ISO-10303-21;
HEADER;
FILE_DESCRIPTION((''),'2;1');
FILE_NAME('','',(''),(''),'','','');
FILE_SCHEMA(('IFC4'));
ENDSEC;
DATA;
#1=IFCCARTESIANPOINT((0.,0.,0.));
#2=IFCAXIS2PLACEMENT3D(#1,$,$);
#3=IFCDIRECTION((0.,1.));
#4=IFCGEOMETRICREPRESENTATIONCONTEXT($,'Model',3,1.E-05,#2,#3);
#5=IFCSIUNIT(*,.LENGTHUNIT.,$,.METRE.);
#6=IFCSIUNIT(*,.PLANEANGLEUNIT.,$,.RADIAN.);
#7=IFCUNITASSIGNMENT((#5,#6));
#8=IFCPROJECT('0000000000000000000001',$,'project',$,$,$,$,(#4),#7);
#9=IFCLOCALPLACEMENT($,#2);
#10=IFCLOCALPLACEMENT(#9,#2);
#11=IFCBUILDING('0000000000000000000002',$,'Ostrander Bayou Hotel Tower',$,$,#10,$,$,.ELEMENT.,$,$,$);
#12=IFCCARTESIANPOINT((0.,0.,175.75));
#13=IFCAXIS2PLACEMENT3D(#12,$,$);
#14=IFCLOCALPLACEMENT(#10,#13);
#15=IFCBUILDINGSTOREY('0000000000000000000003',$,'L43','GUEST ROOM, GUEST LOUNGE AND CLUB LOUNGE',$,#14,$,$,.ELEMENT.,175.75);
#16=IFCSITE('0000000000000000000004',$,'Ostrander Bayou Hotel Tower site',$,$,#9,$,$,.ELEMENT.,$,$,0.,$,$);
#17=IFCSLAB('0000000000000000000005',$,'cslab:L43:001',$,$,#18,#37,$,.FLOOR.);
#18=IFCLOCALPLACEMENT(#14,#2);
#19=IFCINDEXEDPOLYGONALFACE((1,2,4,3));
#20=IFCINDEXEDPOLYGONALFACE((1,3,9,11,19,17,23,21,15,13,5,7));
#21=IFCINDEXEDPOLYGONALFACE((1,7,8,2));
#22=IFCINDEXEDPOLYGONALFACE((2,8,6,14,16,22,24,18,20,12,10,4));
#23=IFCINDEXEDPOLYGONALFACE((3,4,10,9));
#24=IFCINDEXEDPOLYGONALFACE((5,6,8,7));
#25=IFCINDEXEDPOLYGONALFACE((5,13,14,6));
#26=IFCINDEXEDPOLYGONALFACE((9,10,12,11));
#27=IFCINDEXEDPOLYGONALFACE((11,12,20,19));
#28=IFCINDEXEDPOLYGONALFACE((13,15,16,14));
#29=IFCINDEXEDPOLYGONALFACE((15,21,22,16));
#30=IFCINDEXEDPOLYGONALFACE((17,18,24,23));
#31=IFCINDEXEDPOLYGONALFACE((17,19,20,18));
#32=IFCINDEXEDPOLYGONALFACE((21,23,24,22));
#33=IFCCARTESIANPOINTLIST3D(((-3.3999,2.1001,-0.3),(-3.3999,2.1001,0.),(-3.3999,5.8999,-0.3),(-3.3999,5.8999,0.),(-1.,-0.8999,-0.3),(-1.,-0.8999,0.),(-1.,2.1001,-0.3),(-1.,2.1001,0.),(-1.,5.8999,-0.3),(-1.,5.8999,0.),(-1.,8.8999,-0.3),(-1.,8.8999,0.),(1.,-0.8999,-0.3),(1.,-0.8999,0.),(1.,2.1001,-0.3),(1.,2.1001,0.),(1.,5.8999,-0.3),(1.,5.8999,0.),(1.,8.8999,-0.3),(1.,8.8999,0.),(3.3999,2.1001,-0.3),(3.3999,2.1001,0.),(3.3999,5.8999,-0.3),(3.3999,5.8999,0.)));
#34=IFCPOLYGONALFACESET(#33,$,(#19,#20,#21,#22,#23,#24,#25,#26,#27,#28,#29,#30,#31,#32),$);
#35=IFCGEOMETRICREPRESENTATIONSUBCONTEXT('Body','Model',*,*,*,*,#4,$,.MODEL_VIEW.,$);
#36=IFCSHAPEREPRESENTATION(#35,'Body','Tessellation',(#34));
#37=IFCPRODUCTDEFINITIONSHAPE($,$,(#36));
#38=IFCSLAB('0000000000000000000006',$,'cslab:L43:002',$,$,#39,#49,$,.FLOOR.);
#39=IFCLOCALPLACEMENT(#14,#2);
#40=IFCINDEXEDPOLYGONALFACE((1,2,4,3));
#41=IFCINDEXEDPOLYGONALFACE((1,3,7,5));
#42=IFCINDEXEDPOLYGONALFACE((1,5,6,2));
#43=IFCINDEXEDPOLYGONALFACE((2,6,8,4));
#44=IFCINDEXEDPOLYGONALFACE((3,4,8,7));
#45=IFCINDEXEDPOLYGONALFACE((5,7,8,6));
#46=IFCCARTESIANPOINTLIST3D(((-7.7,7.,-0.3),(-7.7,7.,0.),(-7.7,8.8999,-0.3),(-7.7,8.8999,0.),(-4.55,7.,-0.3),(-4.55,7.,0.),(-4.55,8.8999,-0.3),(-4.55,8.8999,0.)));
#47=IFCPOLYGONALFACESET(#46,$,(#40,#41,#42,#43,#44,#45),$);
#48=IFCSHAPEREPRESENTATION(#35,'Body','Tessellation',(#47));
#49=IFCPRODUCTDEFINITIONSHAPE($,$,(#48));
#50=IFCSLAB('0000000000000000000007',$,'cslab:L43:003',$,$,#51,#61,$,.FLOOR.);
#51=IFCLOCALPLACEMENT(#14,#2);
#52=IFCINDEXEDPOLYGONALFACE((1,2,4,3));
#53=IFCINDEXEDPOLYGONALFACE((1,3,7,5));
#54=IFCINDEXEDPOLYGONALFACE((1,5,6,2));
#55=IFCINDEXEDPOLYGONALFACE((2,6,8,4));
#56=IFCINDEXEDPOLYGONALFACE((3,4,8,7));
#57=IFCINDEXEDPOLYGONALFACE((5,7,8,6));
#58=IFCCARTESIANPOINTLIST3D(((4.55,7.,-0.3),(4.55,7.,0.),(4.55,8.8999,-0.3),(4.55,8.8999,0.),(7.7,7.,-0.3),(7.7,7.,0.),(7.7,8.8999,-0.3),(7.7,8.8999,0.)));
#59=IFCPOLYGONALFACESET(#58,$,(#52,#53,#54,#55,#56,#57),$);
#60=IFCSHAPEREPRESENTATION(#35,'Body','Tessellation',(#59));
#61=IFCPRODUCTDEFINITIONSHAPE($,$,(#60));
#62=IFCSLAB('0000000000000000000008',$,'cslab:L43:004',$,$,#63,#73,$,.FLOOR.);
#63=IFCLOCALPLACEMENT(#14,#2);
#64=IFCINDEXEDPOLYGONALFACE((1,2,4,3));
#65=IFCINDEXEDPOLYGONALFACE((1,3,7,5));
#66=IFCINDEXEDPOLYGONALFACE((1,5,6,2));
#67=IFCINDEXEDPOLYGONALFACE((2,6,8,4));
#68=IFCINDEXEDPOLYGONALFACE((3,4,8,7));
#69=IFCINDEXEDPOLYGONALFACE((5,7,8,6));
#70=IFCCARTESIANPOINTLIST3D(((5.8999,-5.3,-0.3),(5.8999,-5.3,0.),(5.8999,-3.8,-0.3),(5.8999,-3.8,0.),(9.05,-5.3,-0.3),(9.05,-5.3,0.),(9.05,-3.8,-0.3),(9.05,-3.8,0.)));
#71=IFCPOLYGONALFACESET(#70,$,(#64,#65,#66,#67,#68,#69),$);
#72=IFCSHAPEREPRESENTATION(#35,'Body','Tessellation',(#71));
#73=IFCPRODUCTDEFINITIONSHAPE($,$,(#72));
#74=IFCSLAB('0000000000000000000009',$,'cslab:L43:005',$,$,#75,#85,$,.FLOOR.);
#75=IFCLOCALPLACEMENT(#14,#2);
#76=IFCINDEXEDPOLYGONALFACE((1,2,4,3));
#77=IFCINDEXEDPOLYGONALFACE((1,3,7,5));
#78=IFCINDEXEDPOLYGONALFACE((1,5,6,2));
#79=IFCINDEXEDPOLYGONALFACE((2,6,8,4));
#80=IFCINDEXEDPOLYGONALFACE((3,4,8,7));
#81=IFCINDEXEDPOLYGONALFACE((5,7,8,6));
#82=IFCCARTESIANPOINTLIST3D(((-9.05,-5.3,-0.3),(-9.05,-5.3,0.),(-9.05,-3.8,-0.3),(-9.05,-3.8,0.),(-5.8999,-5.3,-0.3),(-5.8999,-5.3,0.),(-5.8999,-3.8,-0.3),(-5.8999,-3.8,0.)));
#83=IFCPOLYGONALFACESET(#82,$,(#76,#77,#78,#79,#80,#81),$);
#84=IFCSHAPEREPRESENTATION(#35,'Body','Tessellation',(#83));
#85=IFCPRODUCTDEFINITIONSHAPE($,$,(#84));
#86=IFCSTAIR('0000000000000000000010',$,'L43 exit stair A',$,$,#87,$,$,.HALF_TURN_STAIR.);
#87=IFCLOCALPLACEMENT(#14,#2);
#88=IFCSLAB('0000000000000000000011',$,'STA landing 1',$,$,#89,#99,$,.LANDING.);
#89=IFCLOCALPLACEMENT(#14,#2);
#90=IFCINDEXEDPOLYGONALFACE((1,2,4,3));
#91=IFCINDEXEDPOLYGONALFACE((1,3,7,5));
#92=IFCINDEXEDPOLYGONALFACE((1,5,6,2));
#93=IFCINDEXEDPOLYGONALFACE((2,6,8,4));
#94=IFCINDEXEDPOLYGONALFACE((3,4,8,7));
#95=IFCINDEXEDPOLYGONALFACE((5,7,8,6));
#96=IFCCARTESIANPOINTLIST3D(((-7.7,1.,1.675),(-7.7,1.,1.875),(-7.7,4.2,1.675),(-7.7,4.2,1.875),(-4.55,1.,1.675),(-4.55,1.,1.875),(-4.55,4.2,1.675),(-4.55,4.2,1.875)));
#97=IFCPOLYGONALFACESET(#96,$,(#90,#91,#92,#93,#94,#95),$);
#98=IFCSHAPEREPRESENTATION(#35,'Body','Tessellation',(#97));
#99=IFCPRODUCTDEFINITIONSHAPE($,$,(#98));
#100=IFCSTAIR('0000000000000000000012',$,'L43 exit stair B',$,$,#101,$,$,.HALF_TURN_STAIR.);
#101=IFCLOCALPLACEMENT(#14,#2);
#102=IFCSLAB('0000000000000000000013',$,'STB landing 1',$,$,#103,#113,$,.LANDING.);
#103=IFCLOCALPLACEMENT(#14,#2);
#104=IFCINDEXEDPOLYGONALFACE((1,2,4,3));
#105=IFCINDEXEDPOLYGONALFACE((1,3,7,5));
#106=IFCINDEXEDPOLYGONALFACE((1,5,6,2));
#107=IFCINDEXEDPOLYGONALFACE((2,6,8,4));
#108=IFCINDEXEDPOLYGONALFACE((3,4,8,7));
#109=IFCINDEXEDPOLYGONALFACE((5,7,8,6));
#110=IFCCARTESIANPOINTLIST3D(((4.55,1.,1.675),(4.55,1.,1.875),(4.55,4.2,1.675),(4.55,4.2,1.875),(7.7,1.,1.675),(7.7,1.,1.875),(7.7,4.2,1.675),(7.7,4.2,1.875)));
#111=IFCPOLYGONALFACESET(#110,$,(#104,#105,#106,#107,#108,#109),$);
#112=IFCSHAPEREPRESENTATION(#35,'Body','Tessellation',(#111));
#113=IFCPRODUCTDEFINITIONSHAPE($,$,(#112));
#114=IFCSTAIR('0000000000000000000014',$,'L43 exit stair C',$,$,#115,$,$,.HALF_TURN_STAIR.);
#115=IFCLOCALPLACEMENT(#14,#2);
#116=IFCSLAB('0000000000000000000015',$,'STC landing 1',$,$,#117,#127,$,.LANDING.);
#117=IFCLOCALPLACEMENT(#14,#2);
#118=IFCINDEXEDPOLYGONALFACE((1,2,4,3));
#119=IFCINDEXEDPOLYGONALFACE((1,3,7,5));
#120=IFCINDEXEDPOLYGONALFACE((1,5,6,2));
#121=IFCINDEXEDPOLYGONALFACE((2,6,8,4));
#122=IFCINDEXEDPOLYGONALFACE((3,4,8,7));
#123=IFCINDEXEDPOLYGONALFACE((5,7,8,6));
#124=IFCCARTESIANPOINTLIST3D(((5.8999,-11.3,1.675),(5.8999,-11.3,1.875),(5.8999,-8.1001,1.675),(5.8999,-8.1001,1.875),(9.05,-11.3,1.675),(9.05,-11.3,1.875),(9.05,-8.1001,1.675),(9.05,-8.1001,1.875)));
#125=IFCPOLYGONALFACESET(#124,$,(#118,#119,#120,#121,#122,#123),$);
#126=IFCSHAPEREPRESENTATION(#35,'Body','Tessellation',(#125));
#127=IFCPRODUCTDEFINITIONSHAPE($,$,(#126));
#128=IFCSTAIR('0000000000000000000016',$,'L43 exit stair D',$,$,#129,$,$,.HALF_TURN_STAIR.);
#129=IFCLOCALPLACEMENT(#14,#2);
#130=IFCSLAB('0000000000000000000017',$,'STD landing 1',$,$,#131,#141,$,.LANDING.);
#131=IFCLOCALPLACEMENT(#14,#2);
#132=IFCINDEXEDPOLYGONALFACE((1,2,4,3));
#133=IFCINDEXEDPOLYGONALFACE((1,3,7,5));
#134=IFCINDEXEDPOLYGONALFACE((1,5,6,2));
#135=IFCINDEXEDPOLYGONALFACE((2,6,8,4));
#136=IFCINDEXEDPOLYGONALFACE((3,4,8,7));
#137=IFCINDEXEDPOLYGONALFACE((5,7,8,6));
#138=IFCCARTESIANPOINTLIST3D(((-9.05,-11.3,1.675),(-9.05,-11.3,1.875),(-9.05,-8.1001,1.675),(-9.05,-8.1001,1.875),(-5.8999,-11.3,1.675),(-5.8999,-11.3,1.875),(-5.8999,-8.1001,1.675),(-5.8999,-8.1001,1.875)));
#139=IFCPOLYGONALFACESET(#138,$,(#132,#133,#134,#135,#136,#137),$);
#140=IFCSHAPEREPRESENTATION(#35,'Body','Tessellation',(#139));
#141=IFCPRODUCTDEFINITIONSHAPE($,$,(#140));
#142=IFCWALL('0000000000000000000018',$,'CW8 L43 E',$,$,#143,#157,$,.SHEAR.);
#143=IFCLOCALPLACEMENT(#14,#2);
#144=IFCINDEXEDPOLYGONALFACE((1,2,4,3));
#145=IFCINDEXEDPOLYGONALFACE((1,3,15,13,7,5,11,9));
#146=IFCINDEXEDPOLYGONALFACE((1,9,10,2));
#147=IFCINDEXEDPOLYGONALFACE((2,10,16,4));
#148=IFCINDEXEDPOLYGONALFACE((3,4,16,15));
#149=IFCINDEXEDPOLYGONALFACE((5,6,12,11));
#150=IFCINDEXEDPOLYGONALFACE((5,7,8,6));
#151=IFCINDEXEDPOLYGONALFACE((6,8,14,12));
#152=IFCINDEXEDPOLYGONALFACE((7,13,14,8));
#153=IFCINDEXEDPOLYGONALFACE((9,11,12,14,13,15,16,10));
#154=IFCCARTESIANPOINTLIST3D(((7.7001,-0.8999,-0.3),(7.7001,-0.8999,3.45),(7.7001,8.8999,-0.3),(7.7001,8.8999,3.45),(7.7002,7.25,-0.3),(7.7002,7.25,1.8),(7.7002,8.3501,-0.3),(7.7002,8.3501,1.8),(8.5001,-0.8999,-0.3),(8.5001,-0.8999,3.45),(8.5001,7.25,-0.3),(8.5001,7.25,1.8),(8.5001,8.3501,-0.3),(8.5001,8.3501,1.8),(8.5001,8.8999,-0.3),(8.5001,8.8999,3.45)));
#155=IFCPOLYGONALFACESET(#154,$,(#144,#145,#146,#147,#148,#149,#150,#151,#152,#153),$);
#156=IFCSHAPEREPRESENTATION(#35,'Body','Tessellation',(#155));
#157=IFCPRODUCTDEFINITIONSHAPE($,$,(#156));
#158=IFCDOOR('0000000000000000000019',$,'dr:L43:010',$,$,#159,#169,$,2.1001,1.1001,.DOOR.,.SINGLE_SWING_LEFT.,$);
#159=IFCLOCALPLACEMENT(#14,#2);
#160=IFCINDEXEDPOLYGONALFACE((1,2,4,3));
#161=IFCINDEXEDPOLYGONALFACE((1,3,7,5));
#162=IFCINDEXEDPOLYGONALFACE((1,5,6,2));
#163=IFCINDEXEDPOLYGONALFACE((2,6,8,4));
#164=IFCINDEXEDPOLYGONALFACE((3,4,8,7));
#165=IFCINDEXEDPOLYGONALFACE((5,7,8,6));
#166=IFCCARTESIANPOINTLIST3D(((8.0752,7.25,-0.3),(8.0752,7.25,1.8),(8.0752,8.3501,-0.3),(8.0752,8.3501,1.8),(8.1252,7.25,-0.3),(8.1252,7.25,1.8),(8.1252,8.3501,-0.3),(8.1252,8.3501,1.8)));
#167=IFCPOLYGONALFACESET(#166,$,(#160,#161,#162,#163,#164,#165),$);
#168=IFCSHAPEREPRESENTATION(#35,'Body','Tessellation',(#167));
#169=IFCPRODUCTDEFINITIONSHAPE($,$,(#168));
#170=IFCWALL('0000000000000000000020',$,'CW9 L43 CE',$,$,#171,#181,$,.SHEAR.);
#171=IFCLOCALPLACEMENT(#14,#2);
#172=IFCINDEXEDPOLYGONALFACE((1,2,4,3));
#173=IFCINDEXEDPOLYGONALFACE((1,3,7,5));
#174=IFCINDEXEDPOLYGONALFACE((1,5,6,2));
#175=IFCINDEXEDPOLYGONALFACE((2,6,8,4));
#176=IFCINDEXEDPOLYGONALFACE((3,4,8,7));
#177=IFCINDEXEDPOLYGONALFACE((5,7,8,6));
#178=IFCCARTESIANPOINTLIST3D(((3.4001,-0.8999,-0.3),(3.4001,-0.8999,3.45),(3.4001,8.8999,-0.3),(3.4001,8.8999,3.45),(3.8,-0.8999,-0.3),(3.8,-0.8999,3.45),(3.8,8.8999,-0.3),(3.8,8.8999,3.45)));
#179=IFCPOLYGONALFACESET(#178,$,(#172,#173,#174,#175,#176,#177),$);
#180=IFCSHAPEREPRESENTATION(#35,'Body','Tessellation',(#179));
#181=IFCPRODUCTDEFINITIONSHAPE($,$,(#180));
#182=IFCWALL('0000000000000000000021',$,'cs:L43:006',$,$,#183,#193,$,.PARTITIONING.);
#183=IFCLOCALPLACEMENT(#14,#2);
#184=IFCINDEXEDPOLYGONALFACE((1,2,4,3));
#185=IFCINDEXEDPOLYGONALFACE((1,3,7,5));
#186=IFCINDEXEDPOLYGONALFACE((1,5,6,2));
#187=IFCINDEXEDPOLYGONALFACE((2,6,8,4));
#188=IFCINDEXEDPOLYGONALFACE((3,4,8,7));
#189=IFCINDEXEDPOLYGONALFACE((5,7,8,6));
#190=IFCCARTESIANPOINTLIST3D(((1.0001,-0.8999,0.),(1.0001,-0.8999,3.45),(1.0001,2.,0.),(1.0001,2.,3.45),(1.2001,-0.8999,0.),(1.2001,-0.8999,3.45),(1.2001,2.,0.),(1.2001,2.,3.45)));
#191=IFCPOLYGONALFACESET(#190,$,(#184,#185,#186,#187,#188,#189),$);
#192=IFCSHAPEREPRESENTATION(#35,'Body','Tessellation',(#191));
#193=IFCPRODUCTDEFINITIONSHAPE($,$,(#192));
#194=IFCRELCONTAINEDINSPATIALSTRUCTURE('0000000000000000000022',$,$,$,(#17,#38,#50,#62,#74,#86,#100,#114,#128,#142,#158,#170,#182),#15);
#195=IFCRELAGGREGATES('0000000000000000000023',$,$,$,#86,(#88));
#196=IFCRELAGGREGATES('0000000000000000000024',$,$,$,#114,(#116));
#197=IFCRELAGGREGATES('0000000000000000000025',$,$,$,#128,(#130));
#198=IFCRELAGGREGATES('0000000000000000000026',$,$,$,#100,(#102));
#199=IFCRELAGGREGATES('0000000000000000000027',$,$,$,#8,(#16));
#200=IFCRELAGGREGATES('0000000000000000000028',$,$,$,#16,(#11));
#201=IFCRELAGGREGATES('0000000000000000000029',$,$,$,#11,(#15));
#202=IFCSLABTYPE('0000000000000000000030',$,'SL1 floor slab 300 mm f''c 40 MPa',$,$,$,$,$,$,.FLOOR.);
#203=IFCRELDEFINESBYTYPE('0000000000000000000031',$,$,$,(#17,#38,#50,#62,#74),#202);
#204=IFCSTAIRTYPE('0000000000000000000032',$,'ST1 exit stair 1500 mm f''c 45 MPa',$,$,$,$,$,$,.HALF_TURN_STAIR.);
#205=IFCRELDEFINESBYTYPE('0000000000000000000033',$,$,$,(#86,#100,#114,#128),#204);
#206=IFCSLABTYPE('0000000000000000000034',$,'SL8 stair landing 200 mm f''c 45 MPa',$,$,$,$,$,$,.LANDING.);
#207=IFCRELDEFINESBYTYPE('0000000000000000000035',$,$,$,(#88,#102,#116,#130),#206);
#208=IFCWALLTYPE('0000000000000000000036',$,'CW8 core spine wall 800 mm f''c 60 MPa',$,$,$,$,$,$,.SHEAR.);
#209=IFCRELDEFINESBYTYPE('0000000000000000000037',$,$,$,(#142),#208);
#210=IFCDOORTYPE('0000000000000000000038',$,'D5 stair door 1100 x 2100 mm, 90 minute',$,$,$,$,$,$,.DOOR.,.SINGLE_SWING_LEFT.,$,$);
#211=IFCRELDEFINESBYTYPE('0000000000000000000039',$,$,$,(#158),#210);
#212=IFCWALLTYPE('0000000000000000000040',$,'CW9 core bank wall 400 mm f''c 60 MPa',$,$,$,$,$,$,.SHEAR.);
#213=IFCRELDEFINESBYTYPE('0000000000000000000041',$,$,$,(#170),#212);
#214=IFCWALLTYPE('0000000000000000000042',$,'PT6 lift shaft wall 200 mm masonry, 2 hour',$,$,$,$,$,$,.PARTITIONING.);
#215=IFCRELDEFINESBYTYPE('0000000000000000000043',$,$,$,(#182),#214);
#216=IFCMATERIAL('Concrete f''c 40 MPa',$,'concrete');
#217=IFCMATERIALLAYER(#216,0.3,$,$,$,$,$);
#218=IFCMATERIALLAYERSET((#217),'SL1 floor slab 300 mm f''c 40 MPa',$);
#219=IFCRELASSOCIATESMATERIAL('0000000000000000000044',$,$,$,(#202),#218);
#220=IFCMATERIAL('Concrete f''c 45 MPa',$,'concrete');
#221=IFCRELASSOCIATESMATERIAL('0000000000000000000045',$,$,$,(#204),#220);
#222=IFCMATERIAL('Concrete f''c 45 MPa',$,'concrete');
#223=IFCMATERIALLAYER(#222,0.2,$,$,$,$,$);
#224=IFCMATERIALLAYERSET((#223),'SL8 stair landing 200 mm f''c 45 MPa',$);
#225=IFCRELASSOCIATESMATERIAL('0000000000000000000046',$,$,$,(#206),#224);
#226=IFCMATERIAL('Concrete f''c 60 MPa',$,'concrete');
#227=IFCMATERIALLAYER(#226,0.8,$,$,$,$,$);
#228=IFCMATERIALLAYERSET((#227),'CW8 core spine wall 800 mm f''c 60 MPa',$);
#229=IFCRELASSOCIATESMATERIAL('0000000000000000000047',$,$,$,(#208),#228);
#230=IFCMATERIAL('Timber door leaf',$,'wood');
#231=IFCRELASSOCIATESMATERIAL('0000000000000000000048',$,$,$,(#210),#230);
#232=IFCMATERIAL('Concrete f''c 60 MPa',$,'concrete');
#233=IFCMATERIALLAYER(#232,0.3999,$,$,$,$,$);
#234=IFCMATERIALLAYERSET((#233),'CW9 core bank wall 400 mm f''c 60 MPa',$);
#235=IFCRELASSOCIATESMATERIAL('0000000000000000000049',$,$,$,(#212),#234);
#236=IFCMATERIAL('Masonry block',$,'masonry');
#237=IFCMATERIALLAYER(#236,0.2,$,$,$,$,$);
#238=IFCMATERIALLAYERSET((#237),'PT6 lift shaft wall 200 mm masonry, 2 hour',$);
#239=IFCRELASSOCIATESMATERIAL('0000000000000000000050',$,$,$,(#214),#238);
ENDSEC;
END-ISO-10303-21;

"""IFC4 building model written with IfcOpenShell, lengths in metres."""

from ifc_helpers import new_model, si_unit, direction, frame, frame_2d, origin, place, context, subcontext, project, spatial, polyline, rectangle, outline, extrude, material, layer, layer_set, type_object, element, fill, aggregate, save


model = new_model("IFC4")

# Units and contexts
model_context = context("Model", 3, precision=1e-05, world=origin(), true_north=direction((0.0, 1.0)))
body_context = subcontext(model_context, "Body", "Model", "MODEL_VIEW")
ifc_project = project(units=[si_unit("LENGTHUNIT", "METRE"), si_unit("PLANEANGLEUNIT", "RADIAN")], contexts=[model_context])

# Site, building, storey
site_placement = place(None, origin())
site = spatial("IfcSite", under=ifc_project, at=site_placement, Name="Ostrander Bayou Hotel Tower site", CompositionType="ELEMENT", RefElevation=0.0)
building_placement = place(site_placement, origin())
building = spatial("IfcBuilding", under=site, at=building_placement, Name="Ostrander Bayou Hotel Tower", CompositionType="ELEMENT")
storey_placement = place(building_placement, frame((0.0, 0.0, 175.75)))
storey = spatial("IfcBuildingStorey", under=building, at=storey_placement, Name="L43", Description="GUEST ROOM, GUEST LOUNGE AND CLUB LOUNGE", CompositionType="ELEMENT", Elevation=175.75)

# Slabs
ifc_material_1 = material(Name="Concrete f'c 40 MPa", Category="concrete")
ifc_layer_1 = layer(ifc_material_1, 0.3)
ifc_layer_set_1 = layer_set([ifc_layer_1], Name="SL1 floor slab 300 mm f'c 40 MPa")
slab_type_1 = type_object("IfcSlabType", Name="SL1 floor slab 300 mm f'c 40 MPa", PredefinedType="FLOOR", material=ifc_layer_set_1)
slab_1_placement = place(storey_placement, frame((0.0, 0.0, -0.3)))
element("IfcSlab", 1, at=slab_1_placement, inside=storey, type_object=slab_type_1, Name="cslab:L43:001", PredefinedType="FLOOR", context=body_context, shape_type="SweptSolid", body=[
    extrude(outline(polyline([(-3.3999, 5.8999), (-1.0, 5.8999), (-1.0, 8.8999), (1.0, 8.8999), (1.0, 5.8999), (3.3999, 5.8999), (3.3999, 2.1001), (1.0, 2.1001), (1.0, -0.8999), (-1.0, -0.8999), (-1.0, 2.1001), (-3.3999, 2.1001), (-3.3999, 5.8999)])), origin(), (0.0, 0.0, 1.0), 0.3),
])
slab_2_placement = place(storey_placement, frame((0.0, 0.0, -0.3)))
element("IfcSlab", 2, at=slab_2_placement, inside=storey, type_object=slab_type_1, Name="cslab:L43:002", PredefinedType="FLOOR", context=body_context, shape_type="SweptSolid", body=[
    extrude(outline(polyline([(-4.55, 7.0), (-4.55, 8.8999), (-7.7, 8.8999), (-7.7, 7.0), (-4.55, 7.0)])), origin(), (0.0, 0.0, 1.0), 0.3),
])
slab_3_placement = place(storey_placement, frame((0.0, 0.0, -0.3)))
element("IfcSlab", 3, at=slab_3_placement, inside=storey, type_object=slab_type_1, Name="cslab:L43:003", PredefinedType="FLOOR", context=body_context, shape_type="SweptSolid", body=[
    extrude(outline(polyline([(7.7, 7.0), (7.7, 8.8999), (4.55, 8.8999), (4.55, 7.0), (7.7, 7.0)])), origin(), (0.0, 0.0, 1.0), 0.3),
])
slab_4_placement = place(storey_placement, frame((0.0, 0.0, -0.3)))
element("IfcSlab", 4, at=slab_4_placement, inside=storey, type_object=slab_type_1, Name="cslab:L43:004", PredefinedType="FLOOR", context=body_context, shape_type="SweptSolid", body=[
    extrude(outline(polyline([(9.05, -5.3), (9.05, -3.8), (5.8999, -3.8), (5.8999, -5.3), (9.05, -5.3)])), origin(), (0.0, 0.0, 1.0), 0.3),
])
slab_5_placement = place(storey_placement, frame((0.0, 0.0, -0.3)))
element("IfcSlab", 5, at=slab_5_placement, inside=storey, type_object=slab_type_1, Name="cslab:L43:005", PredefinedType="FLOOR", context=body_context, shape_type="SweptSolid", body=[
    extrude(outline(polyline([(-5.8999, -5.3), (-5.8999, -3.8), (-9.05, -3.8), (-9.05, -5.3), (-5.8999, -5.3)])), origin(), (0.0, 0.0, 1.0), 0.3),
])

# Stairs, slabs
ifc_material_2 = material(Name="Concrete f'c 45 MPa", Category="concrete")
stair_type = type_object("IfcStairType", Name="ST1 exit stair 1500 mm f'c 45 MPa", PredefinedType="HALF_TURN_STAIR", material=ifc_material_2)
stair_1_placement = place(storey_placement, origin())
stair_1 = element("IfcStair", 6, at=stair_1_placement, inside=storey, type_object=stair_type, Name="L43 exit stair A", PredefinedType="HALF_TURN_STAIR")
ifc_material_3 = material(Name="Concrete f'c 45 MPa", Category="concrete")
ifc_layer_2 = layer(ifc_material_3, 0.2)
ifc_layer_set_2 = layer_set([ifc_layer_2], Name="SL8 stair landing 200 mm f'c 45 MPa")
slab_type_2 = type_object("IfcSlabType", Name="SL8 stair landing 200 mm f'c 45 MPa", PredefinedType="LANDING", material=ifc_layer_set_2)
slab_6_placement = place(storey_placement, frame((0.0, 0.0, 1.675)))
slab_6 = element("IfcSlab", 7, at=slab_6_placement, type_object=slab_type_2, Name="STA landing 1", PredefinedType="LANDING", context=body_context, shape_type="SweptSolid", body=[
    extrude(outline(polyline([(-7.7, 4.2), (-7.7, 1.0), (-4.55, 1.0), (-4.55, 4.2), (-7.7, 4.2)])), origin(), (0.0, 0.0, 1.0), 0.2),
])
aggregate(stair_1, [slab_6])
stair_2_placement = place(storey_placement, origin())
stair_2 = element("IfcStair", 8, at=stair_2_placement, inside=storey, type_object=stair_type, Name="L43 exit stair B", PredefinedType="HALF_TURN_STAIR")
slab_7_placement = place(storey_placement, frame((0.0, 0.0, 1.675)))
slab_7 = element("IfcSlab", 9, at=slab_7_placement, type_object=slab_type_2, Name="STB landing 1", PredefinedType="LANDING", context=body_context, shape_type="SweptSolid", body=[
    extrude(outline(polyline([(4.55, 4.2), (4.55, 1.0), (7.7, 1.0), (7.7, 4.2), (4.55, 4.2)])), origin(), (0.0, 0.0, 1.0), 0.2),
])
stair_3_placement = place(storey_placement, origin())
stair_3 = element("IfcStair", 10, at=stair_3_placement, inside=storey, type_object=stair_type, Name="L43 exit stair C", PredefinedType="HALF_TURN_STAIR")
slab_8_placement = place(storey_placement, frame((0.0, 0.0, 1.675)))
slab_8 = element("IfcSlab", 11, at=slab_8_placement, type_object=slab_type_2, Name="STC landing 1", PredefinedType="LANDING", context=body_context, shape_type="SweptSolid", body=[
    extrude(outline(polyline([(5.8999, -8.1001), (5.8999, -11.3), (9.05, -11.3), (9.05, -8.1001), (5.8999, -8.1001)])), origin(), (0.0, 0.0, 1.0), 0.2),
])
aggregate(stair_3, [slab_8])
stair_4_placement = place(storey_placement, origin())
stair_4 = element("IfcStair", 12, at=stair_4_placement, inside=storey, type_object=stair_type, Name="L43 exit stair D", PredefinedType="HALF_TURN_STAIR")
slab_9_placement = place(storey_placement, frame((0.0, 0.0, 1.675)))
slab_9 = element("IfcSlab", 13, at=slab_9_placement, type_object=slab_type_2, Name="STD landing 1", PredefinedType="LANDING", context=body_context, shape_type="SweptSolid", body=[
    extrude(outline(polyline([(-9.05, -8.1001), (-9.05, -11.3), (-5.8999, -11.3), (-5.8999, -8.1001), (-9.05, -8.1001)])), origin(), (0.0, 0.0, 1.0), 0.2),
])
aggregate(stair_4, [slab_9])

# Wall, opening, door
ifc_material_4 = material(Name="Concrete f'c 60 MPa", Category="concrete")
ifc_layer_3 = layer(ifc_material_4, 0.8)
ifc_layer_set_3 = layer_set([ifc_layer_3], Name="CW8 core spine wall 800 mm f'c 60 MPa")
wall_type_1 = type_object("IfcWallType", Name="CW8 core spine wall 800 mm f'c 60 MPa", PredefinedType="SHEAR", material=ifc_layer_set_3)
wall_1_placement = place(storey_placement, frame((8.1001, -0.8999, -0.3), z_axis=(0.0, 0.0, 1.0), x_axis=(0.0, 1.0, 0.0)))
wall_1 = element("IfcWall", 14, at=wall_1_placement, inside=storey, type_object=wall_type_1, Name="CW8 L43 E", PredefinedType="SHEAR", context=body_context, shape_type="SweptSolid", body=[
    extrude(rectangle(XDim=9.7998, YDim=0.8, at=frame_2d((4.8999, 0.0))), origin(), (0.0, 0.0, 1.0), 3.75),
])
opening_1_placement = place(wall_1_placement, frame((8.1499, 0.0, 0.0)))
opening_1 = element("IfcOpeningElement", 15, at=opening_1_placement, cuts=wall_1, PredefinedType="OPENING", context=body_context, shape_type="SweptSolid", body=[
    extrude(rectangle(XDim=1.1001, YDim=2.1001, at=frame_2d((0.55, 1.05))), frame((0.0, 0.3999, 0.0), z_axis=(0.0, -1.0, 0.0), x_axis=(1.0, 0.0, 0.0)), (0.0, 0.0, 1.0), 0.8),
])
ifc_material_5 = material(Name="Timber door leaf", Category="wood")
door_type_1 = type_object("IfcDoorType", Name="D5 stair door 1100 x 2100 mm, 90 minute", OperationType="SINGLE_SWING_LEFT", PredefinedType="DOOR", material=ifc_material_5)
door_1_placement = place(opening_1_placement, origin())
door_1 = element("IfcDoor", 16, at=door_1_placement, inside=storey, type_object=door_type_1, Name="dr:L43:010", OperationType="SINGLE_SWING_LEFT", OverallHeight=2.1001, OverallWidth=1.1001, PredefinedType="DOOR", context=body_context, shape_type="SweptSolid", body=[
    extrude(rectangle(XDim=1.1001, YDim=2.1001, at=frame_2d((0.55, 1.05))), frame((0.0, 0.0249, 0.0), z_axis=(0.0, -1.0, 0.0), x_axis=(1.0, 0.0, 0.0)), (0.0, 0.0, 1.0), 0.05),
])
fill(opening_1, door_1)

# Wall
ifc_material_6 = material(Name="Concrete f'c 60 MPa", Category="concrete")
ifc_layer_4 = layer(ifc_material_6, 0.3999)
ifc_layer_set_4 = layer_set([ifc_layer_4], Name="CW9 core bank wall 400 mm f'c 60 MPa")
wall_type_2 = type_object("IfcWallType", Name="CW9 core bank wall 400 mm f'c 60 MPa", PredefinedType="SHEAR", material=ifc_layer_set_4)
wall_2_placement = place(storey_placement, frame((3.6001, -0.8999, -0.3), z_axis=(0.0, 0.0, 1.0), x_axis=(0.0, 1.0, 0.0)))
element("IfcWall", 17, at=wall_2_placement, inside=storey, type_object=wall_type_2, Name="CW9 L43 CE", PredefinedType="SHEAR", context=body_context, shape_type="SweptSolid", body=[
    extrude(rectangle(XDim=9.7998, YDim=0.3999, at=frame_2d((4.8999, 0.0))), origin(), (0.0, 0.0, 1.0), 3.75),
])

# Shared definitions
ifc_material_7 = material(Name="Masonry block", Category="masonry")
ifc_layer_5 = layer(ifc_material_7, 0.2)
ifc_layer_set_5 = layer_set([ifc_layer_5], Name="PT6 lift shaft wall 200 mm masonry, 2 hour")
wall_type_3 = type_object("IfcWallType", Name="PT6 lift shaft wall 200 mm masonry, 2 hour", PredefinedType="PARTITIONING", material=ifc_layer_set_5)

# Wall
wall_3_placement = place(storey_placement, frame((1.1001, -0.8999, 0.0), z_axis=(0.0, 0.0, 1.0), x_axis=(0.0, 1.0, 0.0)))
element("IfcWall", 18, at=wall_3_placement, inside=storey, type_object=wall_type_3, Name="cs:L43:006", PredefinedType="PARTITIONING", context=body_context, shape_type="SweptSolid", body=[
    extrude(rectangle(XDim=2.8999, YDim=0.2, at=frame_2d((1.45, 0.0))), origin(), (0.0, 0.0, 1.0), 3.45),
])

aggregate(stair_2, [slab_7])

save(model, "model.ifc")
